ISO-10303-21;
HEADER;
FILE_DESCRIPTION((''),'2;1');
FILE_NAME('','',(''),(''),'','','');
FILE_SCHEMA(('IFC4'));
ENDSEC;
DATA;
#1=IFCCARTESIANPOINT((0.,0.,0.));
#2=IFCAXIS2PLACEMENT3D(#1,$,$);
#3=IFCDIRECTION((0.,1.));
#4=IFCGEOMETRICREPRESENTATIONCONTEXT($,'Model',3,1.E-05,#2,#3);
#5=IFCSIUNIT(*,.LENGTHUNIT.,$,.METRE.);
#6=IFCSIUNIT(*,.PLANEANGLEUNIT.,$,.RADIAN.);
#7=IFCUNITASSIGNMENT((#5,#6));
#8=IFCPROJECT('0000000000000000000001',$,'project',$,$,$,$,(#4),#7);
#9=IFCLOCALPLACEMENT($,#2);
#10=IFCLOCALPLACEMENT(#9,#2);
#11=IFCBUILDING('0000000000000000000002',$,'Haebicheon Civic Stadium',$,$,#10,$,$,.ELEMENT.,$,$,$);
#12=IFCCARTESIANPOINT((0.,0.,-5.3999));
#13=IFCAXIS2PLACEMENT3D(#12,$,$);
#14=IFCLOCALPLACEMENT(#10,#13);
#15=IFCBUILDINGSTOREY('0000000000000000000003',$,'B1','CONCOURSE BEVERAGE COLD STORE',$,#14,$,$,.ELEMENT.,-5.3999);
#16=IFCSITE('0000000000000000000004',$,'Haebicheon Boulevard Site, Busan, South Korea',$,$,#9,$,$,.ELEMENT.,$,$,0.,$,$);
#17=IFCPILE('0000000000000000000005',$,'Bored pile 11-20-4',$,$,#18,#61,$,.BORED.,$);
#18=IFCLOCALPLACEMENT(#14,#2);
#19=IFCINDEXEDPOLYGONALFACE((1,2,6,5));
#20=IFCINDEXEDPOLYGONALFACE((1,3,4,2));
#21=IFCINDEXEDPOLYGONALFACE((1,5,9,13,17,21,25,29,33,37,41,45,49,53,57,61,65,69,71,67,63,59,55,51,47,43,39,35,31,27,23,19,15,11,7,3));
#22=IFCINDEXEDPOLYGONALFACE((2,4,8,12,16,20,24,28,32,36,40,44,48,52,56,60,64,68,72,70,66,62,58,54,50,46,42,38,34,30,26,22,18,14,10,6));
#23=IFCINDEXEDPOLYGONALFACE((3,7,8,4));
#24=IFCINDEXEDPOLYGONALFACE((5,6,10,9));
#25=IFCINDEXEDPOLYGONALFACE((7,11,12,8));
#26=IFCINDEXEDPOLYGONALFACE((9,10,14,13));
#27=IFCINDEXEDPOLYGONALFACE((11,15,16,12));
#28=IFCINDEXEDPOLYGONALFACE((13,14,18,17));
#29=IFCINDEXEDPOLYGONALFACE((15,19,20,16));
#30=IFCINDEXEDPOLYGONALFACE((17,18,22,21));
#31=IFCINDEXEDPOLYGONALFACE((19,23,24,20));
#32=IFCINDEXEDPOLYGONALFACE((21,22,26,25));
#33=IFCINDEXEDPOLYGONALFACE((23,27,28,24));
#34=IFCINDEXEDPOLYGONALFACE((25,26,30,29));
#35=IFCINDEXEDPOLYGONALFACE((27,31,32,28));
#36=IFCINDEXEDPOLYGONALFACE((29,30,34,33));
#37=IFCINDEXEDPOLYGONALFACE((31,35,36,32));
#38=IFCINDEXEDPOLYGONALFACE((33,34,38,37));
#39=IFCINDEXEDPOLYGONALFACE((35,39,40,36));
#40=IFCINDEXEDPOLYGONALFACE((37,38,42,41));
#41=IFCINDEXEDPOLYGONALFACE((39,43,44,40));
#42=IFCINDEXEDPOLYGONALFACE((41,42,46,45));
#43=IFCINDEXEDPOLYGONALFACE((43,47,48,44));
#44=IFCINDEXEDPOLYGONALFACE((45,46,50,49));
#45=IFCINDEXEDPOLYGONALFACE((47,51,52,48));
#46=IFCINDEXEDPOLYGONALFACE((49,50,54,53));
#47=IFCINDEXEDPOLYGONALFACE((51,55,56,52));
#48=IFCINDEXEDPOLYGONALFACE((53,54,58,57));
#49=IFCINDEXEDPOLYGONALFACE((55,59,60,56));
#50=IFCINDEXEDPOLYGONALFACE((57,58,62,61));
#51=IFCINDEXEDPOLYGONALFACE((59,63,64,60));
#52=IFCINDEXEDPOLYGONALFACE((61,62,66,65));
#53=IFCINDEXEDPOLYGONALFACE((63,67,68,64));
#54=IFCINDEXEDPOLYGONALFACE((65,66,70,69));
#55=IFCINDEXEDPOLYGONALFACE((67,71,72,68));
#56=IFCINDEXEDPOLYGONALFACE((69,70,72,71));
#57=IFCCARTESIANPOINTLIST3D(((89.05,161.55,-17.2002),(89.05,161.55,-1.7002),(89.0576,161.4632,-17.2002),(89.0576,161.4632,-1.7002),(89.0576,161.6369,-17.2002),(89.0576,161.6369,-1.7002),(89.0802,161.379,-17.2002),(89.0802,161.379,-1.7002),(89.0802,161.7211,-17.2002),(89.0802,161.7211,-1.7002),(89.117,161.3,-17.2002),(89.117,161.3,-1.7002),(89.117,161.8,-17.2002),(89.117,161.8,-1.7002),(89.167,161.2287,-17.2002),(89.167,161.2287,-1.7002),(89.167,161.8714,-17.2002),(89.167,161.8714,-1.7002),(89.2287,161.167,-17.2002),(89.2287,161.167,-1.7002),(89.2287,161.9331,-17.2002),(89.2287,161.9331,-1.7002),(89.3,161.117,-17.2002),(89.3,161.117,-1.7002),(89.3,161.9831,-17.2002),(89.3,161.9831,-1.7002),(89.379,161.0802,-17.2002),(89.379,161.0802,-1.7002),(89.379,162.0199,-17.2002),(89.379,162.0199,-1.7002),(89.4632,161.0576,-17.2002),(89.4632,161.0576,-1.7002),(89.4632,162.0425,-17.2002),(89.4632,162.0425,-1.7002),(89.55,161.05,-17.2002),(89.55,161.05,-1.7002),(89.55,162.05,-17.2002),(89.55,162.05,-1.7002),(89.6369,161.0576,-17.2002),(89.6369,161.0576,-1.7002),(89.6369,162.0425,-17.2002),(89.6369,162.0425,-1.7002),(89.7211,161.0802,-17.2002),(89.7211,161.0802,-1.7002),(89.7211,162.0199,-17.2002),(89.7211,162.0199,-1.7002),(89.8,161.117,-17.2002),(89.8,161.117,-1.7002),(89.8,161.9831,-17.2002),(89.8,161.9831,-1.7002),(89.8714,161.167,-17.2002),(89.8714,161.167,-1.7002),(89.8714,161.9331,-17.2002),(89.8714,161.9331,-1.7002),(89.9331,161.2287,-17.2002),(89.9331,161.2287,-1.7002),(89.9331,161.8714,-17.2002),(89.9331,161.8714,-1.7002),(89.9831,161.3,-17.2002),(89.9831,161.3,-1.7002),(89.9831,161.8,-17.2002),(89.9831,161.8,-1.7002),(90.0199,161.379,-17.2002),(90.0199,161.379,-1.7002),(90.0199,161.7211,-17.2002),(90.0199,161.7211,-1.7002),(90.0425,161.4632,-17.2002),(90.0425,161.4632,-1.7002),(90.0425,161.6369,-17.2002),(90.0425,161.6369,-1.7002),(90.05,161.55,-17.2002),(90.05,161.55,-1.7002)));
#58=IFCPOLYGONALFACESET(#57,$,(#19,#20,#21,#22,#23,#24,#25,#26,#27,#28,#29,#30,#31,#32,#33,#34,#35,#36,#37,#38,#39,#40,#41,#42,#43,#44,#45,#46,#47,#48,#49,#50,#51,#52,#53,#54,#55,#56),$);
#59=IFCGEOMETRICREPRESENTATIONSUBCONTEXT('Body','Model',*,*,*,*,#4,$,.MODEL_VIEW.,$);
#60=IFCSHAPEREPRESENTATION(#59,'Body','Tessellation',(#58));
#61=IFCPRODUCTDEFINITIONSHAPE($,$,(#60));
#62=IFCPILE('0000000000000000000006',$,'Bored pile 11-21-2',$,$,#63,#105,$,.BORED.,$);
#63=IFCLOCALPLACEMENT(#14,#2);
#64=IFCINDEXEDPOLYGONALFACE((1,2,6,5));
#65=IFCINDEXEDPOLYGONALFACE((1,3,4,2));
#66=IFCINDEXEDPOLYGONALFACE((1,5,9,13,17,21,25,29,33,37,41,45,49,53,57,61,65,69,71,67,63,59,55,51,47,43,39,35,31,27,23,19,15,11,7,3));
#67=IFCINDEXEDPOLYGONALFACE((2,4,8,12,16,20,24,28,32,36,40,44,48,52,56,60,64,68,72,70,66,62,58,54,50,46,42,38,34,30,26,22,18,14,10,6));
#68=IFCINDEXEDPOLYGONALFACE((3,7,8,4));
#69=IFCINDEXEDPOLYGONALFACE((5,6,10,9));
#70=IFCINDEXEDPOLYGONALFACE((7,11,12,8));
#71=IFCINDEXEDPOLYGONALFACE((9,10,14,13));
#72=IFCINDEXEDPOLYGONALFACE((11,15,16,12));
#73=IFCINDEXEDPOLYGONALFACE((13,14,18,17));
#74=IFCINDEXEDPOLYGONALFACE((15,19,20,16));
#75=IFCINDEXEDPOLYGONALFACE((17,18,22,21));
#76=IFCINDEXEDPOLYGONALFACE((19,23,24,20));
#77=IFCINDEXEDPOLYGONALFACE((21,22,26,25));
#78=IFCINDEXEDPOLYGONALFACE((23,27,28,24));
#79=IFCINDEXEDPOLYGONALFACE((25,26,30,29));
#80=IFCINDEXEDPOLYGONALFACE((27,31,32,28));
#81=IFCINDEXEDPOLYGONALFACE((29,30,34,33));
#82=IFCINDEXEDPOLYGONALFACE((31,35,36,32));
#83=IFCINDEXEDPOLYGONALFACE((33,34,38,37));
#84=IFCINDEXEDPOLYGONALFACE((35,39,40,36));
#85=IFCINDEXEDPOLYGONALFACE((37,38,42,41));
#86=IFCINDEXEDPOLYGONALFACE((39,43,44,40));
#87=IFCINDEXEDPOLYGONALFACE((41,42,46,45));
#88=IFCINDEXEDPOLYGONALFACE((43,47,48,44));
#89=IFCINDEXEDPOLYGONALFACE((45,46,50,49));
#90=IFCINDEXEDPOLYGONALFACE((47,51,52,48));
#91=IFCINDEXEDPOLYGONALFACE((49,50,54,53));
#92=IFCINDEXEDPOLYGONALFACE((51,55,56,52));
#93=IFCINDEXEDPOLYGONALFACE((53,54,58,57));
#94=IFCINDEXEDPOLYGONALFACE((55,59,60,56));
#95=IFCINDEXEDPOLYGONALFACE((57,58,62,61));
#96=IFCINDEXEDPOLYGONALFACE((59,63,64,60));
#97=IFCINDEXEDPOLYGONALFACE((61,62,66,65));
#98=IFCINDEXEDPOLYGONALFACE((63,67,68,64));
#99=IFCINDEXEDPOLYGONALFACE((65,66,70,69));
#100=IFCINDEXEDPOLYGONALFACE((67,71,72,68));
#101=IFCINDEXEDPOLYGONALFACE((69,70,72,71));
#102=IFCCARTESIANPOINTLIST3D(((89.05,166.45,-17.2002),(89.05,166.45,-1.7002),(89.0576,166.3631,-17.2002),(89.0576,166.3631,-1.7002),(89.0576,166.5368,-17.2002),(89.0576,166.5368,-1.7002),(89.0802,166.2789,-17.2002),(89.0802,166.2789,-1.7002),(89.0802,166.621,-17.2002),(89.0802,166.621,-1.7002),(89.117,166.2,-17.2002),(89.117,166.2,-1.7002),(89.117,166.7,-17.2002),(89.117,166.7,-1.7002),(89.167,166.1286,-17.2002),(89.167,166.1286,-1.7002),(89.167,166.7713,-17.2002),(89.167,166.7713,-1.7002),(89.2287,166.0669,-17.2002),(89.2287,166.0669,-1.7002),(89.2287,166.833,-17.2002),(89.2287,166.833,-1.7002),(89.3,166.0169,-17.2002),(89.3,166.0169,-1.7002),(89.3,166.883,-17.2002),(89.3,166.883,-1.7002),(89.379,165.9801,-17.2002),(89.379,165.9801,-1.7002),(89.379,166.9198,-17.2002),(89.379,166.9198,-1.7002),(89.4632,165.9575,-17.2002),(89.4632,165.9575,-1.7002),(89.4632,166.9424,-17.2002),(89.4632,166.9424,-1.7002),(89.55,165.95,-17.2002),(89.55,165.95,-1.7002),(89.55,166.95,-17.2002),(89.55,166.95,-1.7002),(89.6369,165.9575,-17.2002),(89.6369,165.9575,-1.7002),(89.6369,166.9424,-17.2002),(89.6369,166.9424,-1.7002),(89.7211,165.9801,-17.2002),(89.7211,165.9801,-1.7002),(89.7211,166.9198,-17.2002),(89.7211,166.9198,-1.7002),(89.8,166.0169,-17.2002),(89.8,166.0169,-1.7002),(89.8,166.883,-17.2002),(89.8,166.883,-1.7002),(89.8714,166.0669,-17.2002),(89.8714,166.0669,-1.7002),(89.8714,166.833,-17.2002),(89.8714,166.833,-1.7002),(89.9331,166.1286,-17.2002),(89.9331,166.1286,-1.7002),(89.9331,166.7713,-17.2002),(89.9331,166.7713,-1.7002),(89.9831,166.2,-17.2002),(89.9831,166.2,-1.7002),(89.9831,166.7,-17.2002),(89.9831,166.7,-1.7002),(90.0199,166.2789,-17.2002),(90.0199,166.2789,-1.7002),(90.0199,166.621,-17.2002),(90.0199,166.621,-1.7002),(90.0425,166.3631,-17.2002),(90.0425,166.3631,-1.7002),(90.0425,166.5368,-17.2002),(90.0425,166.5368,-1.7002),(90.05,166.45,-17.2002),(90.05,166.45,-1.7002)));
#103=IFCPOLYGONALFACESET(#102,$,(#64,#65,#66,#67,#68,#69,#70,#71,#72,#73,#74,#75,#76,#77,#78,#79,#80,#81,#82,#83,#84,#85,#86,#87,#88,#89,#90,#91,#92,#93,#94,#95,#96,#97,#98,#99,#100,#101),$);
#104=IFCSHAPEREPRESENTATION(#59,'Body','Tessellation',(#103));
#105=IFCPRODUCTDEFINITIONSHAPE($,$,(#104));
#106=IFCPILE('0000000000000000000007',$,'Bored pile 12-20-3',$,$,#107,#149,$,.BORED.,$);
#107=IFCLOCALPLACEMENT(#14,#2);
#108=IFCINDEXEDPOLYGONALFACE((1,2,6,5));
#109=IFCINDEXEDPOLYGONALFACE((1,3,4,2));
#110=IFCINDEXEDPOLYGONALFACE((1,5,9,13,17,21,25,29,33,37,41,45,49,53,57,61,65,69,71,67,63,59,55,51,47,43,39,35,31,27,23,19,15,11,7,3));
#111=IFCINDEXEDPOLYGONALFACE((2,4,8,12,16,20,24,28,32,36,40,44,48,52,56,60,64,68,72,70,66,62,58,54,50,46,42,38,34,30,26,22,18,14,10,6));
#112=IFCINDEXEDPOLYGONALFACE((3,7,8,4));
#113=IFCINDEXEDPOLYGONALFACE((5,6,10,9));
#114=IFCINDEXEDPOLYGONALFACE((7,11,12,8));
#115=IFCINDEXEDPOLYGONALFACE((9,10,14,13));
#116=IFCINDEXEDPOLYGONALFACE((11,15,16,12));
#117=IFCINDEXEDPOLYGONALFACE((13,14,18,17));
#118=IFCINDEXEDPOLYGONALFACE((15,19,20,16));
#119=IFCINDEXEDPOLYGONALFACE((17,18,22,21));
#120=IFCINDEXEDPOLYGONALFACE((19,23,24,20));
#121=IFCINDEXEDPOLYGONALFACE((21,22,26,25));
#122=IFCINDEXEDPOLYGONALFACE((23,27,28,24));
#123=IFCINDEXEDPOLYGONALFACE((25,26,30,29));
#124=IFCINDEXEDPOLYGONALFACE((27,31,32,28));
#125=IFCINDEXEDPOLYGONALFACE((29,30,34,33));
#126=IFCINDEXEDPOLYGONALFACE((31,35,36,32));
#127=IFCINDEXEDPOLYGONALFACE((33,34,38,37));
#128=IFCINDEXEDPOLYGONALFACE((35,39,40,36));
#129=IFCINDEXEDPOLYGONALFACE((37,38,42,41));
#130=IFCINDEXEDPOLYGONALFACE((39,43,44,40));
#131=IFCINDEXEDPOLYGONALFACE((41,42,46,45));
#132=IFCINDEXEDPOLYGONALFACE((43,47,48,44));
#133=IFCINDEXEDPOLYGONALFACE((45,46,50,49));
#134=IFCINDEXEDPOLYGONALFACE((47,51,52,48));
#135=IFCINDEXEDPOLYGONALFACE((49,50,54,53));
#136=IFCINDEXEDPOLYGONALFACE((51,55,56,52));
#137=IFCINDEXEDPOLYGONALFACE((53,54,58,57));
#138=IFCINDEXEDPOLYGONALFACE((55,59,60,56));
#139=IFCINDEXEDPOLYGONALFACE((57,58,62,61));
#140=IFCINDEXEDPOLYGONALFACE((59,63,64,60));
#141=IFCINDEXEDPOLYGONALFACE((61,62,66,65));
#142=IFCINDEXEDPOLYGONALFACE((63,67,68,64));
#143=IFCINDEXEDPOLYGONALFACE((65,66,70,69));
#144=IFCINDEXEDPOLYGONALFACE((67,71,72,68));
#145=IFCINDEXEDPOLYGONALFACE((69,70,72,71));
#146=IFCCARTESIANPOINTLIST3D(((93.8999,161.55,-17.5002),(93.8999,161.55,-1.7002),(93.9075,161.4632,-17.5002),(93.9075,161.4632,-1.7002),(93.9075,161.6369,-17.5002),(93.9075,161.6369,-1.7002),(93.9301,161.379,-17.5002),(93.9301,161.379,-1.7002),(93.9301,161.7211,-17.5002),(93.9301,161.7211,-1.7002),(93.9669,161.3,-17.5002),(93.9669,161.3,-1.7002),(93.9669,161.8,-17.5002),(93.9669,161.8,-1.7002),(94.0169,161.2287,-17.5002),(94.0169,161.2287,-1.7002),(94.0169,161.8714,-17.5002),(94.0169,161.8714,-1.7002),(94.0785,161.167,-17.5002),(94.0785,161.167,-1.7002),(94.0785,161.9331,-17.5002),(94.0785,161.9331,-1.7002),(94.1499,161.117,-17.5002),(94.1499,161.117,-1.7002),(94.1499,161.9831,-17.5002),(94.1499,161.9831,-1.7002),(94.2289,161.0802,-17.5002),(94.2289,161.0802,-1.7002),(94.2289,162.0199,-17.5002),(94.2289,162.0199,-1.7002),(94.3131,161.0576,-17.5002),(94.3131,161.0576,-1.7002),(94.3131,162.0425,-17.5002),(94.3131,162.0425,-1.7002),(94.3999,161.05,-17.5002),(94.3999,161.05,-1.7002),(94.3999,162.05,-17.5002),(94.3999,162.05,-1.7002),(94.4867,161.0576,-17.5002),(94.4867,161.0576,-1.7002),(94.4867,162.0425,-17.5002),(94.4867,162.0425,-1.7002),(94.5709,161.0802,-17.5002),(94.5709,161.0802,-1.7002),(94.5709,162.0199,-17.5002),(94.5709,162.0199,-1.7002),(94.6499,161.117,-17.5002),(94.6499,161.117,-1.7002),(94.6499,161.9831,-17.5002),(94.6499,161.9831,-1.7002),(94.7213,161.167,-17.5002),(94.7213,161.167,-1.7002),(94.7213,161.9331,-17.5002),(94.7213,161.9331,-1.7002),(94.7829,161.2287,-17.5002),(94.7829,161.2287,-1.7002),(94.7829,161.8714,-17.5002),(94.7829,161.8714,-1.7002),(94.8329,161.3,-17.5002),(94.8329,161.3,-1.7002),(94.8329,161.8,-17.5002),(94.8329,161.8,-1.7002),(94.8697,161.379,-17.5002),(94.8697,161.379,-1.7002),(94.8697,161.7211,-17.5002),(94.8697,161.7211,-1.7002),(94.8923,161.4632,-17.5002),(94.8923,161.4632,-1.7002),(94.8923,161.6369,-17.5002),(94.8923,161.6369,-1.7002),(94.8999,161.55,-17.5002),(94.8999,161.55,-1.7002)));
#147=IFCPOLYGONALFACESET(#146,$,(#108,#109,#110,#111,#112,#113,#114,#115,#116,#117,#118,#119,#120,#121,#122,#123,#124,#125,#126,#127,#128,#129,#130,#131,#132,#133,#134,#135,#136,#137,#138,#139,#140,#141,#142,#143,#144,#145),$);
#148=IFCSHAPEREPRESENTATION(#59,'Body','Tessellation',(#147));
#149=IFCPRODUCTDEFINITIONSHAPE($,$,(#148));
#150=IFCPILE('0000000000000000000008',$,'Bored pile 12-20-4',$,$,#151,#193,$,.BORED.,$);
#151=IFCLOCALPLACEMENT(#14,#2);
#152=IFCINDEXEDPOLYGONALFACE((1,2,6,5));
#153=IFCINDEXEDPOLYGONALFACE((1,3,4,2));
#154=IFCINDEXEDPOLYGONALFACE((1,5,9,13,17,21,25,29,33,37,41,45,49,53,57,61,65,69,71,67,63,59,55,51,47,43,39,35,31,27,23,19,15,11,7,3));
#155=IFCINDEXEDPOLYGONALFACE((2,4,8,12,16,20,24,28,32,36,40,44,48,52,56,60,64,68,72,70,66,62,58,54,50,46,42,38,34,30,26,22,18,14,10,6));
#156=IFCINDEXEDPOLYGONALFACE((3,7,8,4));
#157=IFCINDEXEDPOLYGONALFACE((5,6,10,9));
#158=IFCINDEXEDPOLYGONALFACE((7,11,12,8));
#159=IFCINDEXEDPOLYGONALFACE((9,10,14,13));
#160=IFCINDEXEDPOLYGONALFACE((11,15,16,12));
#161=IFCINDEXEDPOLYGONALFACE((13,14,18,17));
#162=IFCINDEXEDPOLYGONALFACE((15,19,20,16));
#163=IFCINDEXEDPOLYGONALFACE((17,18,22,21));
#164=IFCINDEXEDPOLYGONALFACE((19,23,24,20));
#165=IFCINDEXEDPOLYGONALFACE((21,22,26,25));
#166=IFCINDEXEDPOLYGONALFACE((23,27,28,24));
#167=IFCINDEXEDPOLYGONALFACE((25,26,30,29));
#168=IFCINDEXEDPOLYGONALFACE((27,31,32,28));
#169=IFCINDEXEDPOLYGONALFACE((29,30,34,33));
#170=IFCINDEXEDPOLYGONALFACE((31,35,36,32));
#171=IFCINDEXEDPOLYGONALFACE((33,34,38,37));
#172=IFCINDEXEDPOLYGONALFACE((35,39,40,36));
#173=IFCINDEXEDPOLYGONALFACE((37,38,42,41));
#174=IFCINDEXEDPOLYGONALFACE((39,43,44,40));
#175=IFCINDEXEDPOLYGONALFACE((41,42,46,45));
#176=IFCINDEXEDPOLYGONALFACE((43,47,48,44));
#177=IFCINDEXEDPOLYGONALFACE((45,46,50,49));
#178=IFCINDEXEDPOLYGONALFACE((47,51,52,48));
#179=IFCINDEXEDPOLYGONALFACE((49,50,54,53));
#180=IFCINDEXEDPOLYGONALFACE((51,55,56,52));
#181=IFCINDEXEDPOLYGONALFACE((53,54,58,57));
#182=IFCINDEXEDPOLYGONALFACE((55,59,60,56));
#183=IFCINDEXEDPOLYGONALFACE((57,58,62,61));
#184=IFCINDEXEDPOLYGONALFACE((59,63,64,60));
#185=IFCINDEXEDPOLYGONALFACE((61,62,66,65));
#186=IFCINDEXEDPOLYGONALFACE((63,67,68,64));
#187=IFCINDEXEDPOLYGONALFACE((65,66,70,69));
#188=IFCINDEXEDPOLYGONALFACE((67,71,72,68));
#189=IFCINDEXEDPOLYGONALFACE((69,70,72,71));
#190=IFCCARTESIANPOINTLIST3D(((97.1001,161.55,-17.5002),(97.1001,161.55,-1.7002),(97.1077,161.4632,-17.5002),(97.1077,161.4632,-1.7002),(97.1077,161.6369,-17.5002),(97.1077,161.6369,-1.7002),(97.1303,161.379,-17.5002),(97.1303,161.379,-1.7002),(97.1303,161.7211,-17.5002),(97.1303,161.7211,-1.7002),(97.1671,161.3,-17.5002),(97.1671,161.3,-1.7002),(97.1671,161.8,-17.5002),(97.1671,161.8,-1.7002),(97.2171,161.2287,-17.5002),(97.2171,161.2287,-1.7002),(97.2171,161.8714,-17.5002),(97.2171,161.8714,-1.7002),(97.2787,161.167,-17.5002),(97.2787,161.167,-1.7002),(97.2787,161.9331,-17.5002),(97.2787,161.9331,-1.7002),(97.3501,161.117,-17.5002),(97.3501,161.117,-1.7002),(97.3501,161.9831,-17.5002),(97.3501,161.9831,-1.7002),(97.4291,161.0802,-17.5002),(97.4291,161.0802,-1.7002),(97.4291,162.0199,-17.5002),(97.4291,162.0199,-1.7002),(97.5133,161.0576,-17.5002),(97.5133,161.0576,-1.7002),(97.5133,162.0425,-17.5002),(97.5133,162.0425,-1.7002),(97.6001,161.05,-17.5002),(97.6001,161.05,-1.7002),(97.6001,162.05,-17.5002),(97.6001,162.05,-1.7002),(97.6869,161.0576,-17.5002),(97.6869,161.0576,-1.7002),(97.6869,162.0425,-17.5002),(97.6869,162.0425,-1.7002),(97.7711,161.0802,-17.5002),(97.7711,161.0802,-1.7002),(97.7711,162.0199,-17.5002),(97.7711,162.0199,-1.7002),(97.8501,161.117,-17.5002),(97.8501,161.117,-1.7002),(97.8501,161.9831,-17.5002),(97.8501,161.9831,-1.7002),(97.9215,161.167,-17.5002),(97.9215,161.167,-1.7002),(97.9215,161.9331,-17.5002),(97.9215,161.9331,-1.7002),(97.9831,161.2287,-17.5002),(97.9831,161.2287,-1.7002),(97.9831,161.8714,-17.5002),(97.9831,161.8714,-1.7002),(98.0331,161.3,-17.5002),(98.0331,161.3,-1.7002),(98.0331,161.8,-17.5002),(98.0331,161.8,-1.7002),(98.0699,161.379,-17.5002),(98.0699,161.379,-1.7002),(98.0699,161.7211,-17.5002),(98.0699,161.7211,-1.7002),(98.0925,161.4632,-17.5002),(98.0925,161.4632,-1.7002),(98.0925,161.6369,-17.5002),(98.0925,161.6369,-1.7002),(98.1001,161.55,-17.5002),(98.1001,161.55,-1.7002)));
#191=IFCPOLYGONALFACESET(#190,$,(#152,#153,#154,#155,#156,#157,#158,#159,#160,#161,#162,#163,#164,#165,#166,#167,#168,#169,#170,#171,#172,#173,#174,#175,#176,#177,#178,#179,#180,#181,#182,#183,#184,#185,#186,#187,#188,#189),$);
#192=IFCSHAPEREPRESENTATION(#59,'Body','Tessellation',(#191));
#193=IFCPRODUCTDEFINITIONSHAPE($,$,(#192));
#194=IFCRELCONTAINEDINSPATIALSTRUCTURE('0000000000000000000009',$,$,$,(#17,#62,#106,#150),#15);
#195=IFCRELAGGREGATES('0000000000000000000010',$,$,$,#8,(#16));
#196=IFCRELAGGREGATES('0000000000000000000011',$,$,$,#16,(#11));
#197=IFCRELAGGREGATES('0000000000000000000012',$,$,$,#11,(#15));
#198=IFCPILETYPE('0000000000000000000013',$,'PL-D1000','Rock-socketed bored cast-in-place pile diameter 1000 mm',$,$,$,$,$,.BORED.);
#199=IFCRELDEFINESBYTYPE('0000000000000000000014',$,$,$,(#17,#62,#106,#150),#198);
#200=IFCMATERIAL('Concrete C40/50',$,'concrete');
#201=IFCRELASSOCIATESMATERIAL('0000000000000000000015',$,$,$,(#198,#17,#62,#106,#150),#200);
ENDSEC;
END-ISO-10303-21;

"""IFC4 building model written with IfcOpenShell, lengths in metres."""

from ifc_helpers import new_model, si_unit, direction, frame, origin, origin_2d, place, context, subcontext, project, spatial, circle, extrude, material, material_profile, profile_set, type_object, element, save


model = new_model("IFC4")

# Units and contexts
model_context = context("Model", 3, precision=1e-05, world=origin(), true_north=direction((0.0, 1.0)))
body_context = subcontext(model_context, "Body", "Model", "MODEL_VIEW")
ifc_project = project(units=[si_unit("LENGTHUNIT", "METRE"), si_unit("PLANEANGLEUNIT", "RADIAN")], contexts=[model_context])

# Site, building, storey
site_placement = place(None, origin())
site = spatial("IfcSite", under=ifc_project, at=site_placement, Name="Haebicheon Boulevard Site, Busan, South Korea", CompositionType="ELEMENT", RefElevation=0.0)
building_placement = place(site_placement, origin())
building = spatial("IfcBuilding", under=site, at=building_placement, Name="Haebicheon Civic Stadium", CompositionType="ELEMENT")
storey_placement = place(building_placement, frame((0.0, 0.0, -5.3999)))
storey = spatial("IfcBuildingStorey", under=building, at=storey_placement, Name="B1", Description="CONCOURSE BEVERAGE COLD STORE", CompositionType="ELEMENT", Elevation=-5.3999)

# Piles
ifc_material_1 = material(Name="Concrete C40/50", Category="concrete")
ifc_material_profile_1 = material_profile(ifc_material_1, circle(Radius=0.5, at=origin_2d()), Name="PILE-D1000")
ifc_profile_set_1 = profile_set([ifc_material_profile_1], Name="Concrete C40/50")
pile_type = type_object("IfcPileType", Name="PL-D1000", Description="Rock-socketed bored cast-in-place pile diameter 1000 mm", PredefinedType="BORED", material=ifc_profile_set_1)
for number, where, z_axis, x_axis, name in (
    (1, (89.55, 161.55, -1.7002), (0.0, 0.0, -1.0), (1.0, 0.0, 0.0), "Bored pile 11-20-4"),
    (2, (89.55, 166.45, -1.7002), (0.0, 0.0, -1.0), (1.0, 0.0, 0.0), "Bored pile 11-21-2"),
):
    element("IfcPile", number, at=place(storey_placement, frame(where, z_axis=z_axis, x_axis=x_axis)), inside=storey, type_object=pile_type, material=ifc_profile_set_1, Name=name, PredefinedType="BORED", context=body_context, shape_type="SweptSolid", body=[
        extrude(circle(Radius=0.5, at=origin_2d()), origin(), (0.0, 0.0, 1.0), 15.5),
    ])
for number, where, z_axis, x_axis, name in (
    (3, (94.3999, 161.55, -1.7002), (0.0, 0.0, -1.0), (1.0, 0.0, 0.0), "Bored pile 12-20-3"),
    (4, (97.6001, 161.55, -1.7002), (0.0, 0.0, -1.0), (1.0, 0.0, 0.0), "Bored pile 12-20-4"),
):
    element("IfcPile", number, at=place(storey_placement, frame(where, z_axis=z_axis, x_axis=x_axis)), inside=storey, type_object=pile_type, material=ifc_profile_set_1, Name=name, PredefinedType="BORED", context=body_context, shape_type="SweptSolid", body=[
        extrude(circle(Radius=0.5, at=origin_2d()), origin(), (0.0, 0.0, 1.0), 15.8),
    ])

save(model, "model.ifc")
